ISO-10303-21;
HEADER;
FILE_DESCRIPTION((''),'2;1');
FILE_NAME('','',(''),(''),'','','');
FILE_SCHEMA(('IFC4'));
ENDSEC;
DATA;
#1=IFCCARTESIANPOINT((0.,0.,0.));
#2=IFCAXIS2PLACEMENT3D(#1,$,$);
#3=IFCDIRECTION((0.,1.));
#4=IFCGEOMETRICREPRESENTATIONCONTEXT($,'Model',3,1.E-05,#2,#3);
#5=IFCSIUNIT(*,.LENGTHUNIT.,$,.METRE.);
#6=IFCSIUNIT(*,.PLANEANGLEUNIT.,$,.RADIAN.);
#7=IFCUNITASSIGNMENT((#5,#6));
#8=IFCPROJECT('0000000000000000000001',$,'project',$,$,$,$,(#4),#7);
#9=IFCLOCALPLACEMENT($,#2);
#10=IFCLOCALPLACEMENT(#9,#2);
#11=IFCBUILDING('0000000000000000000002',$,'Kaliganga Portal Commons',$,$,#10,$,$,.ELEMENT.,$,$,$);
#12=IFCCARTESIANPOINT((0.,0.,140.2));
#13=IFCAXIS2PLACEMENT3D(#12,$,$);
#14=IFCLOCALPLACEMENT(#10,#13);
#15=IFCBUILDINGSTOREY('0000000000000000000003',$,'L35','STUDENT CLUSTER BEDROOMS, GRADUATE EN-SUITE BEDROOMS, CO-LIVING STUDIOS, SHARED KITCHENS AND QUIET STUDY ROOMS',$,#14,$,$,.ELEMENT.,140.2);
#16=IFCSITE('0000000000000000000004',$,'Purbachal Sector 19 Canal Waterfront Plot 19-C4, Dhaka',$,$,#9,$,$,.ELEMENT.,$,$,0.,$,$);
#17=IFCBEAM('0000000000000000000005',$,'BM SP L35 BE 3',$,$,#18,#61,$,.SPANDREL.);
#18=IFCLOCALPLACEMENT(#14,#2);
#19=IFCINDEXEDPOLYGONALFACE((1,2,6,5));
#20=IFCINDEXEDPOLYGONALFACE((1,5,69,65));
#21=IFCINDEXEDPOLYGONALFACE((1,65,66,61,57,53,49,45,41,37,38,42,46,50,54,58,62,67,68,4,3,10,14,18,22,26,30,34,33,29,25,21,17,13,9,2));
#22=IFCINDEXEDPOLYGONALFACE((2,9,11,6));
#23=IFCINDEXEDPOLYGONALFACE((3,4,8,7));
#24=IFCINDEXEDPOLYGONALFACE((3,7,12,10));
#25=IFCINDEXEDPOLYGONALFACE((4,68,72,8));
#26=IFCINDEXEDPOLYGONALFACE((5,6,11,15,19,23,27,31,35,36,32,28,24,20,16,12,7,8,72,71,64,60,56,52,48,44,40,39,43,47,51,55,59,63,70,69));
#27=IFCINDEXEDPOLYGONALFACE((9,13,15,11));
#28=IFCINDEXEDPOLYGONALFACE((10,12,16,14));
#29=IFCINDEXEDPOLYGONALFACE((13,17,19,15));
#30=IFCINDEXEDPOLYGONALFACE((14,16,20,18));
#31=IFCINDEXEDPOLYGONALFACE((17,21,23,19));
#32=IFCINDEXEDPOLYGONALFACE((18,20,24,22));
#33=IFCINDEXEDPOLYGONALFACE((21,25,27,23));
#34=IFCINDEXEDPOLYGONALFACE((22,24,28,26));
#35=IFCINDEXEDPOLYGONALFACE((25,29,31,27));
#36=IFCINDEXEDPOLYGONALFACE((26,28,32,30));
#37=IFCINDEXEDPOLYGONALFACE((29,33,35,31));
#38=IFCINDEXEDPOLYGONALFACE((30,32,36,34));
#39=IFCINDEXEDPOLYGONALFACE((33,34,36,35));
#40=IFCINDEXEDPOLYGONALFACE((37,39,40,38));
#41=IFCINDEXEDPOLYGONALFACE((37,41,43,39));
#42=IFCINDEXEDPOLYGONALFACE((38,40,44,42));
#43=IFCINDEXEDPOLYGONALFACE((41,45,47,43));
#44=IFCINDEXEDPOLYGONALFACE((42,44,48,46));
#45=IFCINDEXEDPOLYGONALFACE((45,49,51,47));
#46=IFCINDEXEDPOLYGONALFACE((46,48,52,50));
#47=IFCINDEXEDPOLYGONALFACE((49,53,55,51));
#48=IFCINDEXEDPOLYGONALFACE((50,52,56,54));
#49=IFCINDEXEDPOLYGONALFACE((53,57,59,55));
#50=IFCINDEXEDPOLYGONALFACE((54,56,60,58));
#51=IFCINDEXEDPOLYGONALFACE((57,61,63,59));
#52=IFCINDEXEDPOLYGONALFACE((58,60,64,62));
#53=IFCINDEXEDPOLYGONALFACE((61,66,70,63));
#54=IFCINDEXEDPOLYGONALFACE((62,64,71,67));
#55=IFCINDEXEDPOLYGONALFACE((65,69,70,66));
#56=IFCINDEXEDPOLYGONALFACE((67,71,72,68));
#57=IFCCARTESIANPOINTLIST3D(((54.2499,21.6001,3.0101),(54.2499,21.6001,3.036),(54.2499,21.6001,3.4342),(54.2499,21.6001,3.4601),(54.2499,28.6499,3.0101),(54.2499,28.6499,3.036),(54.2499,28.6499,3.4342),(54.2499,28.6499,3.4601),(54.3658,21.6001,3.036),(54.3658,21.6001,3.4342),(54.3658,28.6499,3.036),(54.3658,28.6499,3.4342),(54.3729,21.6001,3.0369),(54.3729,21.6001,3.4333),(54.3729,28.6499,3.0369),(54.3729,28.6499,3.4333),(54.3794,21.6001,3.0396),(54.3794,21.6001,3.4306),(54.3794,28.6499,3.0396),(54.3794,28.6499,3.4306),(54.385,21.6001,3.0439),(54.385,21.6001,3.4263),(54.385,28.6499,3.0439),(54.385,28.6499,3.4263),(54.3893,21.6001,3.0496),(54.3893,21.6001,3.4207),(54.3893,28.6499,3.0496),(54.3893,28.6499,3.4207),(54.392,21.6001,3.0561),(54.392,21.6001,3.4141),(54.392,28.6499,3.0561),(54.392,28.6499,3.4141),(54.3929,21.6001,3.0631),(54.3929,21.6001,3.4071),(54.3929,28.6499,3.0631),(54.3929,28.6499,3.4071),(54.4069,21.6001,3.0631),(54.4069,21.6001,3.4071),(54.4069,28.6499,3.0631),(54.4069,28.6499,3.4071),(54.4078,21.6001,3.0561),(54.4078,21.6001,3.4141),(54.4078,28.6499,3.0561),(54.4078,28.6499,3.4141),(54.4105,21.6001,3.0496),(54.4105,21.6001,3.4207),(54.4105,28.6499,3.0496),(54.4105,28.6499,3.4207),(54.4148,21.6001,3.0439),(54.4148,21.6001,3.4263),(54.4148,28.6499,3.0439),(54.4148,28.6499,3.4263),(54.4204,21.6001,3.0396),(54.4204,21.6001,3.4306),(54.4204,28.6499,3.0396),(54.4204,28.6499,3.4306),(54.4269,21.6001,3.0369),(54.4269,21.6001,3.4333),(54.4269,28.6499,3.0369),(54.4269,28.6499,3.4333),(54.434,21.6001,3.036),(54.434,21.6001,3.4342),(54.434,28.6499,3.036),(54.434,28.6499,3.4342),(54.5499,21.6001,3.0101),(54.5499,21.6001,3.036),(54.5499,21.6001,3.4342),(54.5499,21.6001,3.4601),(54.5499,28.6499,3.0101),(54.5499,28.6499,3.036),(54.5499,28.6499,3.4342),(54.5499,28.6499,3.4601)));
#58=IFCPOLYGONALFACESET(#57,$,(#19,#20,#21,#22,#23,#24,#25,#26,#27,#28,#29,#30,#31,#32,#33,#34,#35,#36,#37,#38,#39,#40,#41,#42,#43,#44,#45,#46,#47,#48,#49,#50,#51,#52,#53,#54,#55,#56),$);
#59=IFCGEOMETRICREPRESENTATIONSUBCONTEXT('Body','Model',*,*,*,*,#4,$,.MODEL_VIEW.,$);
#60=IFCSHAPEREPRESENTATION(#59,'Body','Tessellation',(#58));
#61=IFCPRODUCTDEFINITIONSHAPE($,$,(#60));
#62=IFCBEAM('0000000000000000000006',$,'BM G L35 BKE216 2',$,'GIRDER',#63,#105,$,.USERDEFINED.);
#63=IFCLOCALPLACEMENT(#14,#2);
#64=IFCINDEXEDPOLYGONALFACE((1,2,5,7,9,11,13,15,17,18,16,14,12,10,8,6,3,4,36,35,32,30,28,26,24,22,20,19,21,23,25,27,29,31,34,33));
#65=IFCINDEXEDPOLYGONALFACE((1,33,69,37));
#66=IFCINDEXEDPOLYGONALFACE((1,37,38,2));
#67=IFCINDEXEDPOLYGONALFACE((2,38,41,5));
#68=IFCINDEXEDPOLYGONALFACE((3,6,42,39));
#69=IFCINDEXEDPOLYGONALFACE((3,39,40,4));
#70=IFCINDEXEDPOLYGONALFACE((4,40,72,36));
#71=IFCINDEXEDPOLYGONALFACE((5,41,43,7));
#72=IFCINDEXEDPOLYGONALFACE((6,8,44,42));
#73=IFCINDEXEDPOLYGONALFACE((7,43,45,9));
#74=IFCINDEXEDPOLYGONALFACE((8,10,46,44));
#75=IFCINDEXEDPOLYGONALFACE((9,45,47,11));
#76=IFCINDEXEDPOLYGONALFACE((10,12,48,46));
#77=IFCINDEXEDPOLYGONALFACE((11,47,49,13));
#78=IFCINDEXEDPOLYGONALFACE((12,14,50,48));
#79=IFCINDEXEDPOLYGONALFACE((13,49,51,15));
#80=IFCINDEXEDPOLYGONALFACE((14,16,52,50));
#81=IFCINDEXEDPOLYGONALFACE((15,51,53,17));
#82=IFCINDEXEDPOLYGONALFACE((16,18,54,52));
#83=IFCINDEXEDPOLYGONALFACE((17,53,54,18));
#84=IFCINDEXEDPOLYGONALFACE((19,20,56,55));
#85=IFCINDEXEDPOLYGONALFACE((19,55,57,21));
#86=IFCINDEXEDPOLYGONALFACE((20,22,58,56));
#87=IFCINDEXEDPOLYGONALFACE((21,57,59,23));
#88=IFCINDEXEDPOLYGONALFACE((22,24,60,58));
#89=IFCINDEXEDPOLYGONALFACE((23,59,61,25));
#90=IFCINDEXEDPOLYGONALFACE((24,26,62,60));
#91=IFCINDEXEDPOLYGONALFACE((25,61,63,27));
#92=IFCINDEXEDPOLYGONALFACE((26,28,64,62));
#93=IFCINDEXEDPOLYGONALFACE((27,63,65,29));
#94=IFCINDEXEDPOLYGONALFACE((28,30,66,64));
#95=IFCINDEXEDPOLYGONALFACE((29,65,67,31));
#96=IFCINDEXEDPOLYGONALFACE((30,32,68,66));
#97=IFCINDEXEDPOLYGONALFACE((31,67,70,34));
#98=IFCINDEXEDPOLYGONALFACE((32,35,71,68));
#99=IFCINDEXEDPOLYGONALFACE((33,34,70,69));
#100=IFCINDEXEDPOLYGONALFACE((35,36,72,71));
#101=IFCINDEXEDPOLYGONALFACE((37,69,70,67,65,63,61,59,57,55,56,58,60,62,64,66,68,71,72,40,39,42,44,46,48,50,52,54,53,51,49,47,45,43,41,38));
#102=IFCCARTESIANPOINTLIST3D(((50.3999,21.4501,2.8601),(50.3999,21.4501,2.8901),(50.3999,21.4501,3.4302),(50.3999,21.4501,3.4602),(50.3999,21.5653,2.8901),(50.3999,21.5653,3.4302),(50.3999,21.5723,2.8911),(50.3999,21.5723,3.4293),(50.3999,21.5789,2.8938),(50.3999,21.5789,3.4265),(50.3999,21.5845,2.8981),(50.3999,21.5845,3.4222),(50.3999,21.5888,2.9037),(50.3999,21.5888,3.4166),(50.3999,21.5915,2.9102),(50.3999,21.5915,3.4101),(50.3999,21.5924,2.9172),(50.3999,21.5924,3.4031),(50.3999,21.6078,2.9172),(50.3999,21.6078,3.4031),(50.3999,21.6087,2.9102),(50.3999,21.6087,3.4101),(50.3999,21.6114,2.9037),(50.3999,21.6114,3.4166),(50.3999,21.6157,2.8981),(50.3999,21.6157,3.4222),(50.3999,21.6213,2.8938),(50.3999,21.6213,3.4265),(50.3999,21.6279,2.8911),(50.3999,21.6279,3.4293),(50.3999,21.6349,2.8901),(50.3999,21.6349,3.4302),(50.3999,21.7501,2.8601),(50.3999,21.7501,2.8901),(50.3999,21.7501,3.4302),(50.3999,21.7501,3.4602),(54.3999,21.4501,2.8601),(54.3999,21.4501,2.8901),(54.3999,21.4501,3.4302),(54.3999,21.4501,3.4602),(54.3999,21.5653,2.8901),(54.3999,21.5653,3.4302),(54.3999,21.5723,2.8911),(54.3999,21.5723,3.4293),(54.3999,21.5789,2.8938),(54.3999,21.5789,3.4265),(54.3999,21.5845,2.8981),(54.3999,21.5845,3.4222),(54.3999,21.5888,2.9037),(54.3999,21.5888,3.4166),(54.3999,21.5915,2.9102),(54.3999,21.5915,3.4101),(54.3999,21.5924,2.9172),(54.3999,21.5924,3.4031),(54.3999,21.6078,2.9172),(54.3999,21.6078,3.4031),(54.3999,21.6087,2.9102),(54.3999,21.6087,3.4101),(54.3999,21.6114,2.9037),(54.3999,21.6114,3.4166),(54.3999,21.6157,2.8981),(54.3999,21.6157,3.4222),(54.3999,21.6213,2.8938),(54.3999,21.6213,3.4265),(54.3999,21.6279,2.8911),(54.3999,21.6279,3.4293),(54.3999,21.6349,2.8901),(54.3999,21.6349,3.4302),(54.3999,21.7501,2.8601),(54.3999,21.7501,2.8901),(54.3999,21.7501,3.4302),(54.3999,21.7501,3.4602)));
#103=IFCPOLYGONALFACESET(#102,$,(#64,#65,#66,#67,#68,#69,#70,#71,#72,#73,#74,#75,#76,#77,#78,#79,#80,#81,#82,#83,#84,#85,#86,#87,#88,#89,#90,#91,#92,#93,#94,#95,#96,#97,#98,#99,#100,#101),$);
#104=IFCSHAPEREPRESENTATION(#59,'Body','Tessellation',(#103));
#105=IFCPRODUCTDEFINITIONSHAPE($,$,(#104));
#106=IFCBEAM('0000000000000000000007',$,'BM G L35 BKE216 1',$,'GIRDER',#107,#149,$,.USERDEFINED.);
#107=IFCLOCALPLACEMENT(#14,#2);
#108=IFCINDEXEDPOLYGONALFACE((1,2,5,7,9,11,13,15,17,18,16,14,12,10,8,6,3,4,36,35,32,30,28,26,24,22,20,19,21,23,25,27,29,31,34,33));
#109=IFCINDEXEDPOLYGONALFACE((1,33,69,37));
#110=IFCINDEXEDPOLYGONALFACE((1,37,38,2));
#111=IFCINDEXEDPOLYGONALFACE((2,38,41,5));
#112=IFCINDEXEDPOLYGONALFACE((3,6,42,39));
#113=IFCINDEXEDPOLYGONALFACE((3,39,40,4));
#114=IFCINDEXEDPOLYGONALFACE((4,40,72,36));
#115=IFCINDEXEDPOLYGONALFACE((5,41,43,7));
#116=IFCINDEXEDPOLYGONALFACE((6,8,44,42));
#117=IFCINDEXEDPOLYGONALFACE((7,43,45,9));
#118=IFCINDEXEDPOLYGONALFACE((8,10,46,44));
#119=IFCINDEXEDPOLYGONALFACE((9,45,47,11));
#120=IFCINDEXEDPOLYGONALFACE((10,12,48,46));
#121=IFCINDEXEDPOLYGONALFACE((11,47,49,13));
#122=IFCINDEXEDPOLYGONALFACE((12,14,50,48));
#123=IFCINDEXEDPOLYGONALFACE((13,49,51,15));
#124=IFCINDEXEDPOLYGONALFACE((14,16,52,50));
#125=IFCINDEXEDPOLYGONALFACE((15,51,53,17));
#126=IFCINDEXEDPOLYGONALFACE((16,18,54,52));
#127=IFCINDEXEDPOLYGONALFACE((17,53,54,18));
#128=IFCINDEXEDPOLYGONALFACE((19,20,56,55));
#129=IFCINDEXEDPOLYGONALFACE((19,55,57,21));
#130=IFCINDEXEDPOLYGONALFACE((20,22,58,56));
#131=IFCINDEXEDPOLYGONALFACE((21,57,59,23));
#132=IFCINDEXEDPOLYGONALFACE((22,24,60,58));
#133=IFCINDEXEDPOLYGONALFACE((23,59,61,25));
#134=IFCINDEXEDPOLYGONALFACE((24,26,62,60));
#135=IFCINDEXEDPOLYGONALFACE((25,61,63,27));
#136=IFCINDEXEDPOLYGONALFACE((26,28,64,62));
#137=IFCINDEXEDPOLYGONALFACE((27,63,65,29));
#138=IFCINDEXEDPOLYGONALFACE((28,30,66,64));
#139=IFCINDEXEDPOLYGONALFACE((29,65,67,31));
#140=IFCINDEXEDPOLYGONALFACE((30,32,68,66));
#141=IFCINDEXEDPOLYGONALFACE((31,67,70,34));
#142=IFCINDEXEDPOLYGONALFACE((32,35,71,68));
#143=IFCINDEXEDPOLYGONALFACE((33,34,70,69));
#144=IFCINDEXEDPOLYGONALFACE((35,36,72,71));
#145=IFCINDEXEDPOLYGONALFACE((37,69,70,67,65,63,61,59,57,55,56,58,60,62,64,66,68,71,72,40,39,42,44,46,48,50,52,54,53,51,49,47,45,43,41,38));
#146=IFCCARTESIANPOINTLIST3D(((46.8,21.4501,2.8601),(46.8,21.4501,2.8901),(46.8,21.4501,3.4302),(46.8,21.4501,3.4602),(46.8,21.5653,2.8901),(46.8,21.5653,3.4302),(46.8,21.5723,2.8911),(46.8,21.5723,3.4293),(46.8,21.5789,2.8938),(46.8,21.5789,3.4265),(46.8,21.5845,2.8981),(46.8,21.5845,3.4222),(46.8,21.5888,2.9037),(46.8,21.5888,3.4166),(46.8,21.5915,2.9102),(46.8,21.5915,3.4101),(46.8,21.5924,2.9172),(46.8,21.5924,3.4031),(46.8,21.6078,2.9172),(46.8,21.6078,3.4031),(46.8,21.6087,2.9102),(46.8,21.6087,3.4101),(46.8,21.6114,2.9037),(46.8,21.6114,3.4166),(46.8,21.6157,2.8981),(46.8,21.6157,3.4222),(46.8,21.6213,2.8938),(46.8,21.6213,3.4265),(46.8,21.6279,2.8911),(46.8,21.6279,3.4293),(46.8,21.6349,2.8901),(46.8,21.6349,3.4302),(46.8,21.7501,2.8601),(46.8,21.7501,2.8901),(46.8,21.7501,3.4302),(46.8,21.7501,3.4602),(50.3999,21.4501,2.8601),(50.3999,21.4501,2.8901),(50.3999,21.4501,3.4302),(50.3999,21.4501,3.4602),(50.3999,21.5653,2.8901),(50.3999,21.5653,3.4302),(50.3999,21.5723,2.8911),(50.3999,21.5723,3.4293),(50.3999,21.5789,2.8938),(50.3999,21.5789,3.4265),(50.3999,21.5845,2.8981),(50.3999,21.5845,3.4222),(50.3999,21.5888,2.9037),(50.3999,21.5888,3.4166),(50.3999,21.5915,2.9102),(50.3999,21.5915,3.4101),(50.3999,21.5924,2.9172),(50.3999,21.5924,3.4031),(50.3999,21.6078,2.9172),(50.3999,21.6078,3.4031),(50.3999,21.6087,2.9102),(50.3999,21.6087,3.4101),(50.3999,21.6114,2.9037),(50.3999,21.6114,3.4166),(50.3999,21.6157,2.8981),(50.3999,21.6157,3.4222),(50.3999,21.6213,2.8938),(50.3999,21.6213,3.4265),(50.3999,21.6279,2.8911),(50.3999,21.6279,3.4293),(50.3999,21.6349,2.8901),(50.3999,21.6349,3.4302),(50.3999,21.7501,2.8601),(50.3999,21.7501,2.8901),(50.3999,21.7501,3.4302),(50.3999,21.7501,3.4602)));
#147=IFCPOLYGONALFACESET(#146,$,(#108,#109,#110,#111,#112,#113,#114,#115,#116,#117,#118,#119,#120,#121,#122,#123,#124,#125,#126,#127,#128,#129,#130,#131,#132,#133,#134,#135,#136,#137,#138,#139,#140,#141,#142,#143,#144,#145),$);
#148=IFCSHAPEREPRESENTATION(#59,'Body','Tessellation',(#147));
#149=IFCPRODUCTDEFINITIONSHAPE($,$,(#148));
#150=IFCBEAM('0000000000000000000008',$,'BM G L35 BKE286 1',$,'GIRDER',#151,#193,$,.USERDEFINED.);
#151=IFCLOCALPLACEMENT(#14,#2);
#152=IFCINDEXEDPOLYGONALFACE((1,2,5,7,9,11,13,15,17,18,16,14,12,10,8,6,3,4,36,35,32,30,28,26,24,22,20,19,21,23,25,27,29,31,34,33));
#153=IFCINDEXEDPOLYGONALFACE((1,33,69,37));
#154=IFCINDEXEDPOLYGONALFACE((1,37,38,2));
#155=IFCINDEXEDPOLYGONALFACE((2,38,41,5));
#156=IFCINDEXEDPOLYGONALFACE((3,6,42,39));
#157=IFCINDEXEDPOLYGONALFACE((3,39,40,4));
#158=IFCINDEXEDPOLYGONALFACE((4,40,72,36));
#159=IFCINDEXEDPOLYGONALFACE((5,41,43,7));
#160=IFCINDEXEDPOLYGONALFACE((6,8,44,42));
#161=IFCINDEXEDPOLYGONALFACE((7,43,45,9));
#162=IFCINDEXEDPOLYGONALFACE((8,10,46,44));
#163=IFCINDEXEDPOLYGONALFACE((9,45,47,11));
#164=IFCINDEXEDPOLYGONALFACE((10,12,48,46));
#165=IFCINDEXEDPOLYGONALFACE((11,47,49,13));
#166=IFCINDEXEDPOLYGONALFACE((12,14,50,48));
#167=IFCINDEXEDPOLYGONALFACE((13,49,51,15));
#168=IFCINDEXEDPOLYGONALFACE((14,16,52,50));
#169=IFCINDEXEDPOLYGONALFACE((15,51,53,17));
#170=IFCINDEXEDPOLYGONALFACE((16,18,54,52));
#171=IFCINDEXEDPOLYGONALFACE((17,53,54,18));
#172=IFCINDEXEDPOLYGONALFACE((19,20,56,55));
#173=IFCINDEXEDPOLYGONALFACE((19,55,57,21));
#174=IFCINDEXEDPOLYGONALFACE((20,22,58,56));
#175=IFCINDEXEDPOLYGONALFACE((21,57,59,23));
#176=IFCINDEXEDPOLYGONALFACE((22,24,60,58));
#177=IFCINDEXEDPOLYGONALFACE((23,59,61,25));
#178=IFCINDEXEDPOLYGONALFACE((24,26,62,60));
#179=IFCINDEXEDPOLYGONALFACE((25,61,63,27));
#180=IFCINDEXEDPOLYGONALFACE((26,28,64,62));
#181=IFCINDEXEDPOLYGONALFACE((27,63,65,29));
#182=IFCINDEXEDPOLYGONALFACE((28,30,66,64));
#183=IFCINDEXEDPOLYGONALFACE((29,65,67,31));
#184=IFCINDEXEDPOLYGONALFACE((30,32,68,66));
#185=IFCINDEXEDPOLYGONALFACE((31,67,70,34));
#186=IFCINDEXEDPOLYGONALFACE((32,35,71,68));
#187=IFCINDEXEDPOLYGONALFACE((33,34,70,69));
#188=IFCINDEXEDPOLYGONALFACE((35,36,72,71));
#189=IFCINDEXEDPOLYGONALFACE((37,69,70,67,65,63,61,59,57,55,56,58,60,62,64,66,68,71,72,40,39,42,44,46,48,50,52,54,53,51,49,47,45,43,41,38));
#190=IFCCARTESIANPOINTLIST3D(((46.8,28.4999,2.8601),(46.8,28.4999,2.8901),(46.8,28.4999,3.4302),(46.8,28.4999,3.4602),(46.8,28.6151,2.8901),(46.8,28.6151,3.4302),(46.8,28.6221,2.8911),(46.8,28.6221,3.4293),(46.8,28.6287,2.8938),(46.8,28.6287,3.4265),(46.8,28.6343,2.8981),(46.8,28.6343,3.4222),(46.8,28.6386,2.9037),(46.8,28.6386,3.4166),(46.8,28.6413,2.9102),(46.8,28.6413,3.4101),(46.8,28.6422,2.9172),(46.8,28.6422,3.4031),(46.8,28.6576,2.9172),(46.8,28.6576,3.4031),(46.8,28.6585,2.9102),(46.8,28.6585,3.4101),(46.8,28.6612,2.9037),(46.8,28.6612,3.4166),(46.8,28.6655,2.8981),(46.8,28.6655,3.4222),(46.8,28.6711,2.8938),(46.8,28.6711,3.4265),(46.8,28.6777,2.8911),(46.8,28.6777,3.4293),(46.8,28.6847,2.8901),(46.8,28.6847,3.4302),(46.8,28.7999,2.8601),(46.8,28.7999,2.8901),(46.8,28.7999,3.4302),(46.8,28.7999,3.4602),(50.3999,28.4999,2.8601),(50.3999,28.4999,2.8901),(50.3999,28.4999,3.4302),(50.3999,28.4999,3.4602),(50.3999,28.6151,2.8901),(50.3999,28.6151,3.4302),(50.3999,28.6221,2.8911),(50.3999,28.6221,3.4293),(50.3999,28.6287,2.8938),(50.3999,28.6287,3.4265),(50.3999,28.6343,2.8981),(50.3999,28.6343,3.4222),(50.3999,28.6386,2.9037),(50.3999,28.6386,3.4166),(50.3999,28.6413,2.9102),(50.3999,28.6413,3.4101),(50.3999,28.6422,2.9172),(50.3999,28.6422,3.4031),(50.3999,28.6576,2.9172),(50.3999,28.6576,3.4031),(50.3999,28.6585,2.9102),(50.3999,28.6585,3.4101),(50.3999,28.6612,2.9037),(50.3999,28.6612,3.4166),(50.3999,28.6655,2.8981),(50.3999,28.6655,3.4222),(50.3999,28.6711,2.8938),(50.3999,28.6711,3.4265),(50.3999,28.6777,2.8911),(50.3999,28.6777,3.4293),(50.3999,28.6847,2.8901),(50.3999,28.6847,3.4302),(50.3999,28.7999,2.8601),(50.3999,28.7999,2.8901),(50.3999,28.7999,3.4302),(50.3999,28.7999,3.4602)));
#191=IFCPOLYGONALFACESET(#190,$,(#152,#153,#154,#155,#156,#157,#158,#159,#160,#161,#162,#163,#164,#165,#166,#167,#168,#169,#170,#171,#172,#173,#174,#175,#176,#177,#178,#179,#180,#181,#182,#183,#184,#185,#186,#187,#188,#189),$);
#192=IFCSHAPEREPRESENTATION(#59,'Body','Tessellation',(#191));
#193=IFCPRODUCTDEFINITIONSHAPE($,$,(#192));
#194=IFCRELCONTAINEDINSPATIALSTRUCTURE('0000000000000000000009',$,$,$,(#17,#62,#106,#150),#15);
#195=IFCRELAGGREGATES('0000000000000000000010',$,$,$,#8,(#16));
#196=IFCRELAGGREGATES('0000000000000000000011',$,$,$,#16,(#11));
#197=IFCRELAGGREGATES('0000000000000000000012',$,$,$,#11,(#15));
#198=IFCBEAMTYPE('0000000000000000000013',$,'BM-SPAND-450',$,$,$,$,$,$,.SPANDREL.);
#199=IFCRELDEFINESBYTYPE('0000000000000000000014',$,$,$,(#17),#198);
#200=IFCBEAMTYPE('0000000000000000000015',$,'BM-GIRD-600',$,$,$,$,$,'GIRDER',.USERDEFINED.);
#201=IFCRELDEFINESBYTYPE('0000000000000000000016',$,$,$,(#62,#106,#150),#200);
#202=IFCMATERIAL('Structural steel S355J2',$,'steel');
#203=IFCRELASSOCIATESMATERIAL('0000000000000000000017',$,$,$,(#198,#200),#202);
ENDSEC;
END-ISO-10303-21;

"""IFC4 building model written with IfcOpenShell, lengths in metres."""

from ifc_helpers import new_model, si_unit, direction, frame, origin, origin_2d, place, context, subcontext, project, spatial, i_section, extrude, source, transform, mapped, material, material_profile, profile_set, type_object, element, save


model = new_model("IFC4")

# Units and contexts
model_context = context("Model", 3, precision=1e-05, world=origin(), true_north=direction((0.0, 1.0)))
body_context = subcontext(model_context, "Body", "Model", "MODEL_VIEW")
ifc_project = project(units=[si_unit("LENGTHUNIT", "METRE"), si_unit("PLANEANGLEUNIT", "RADIAN")], contexts=[model_context])

# Site, building, storey
site_placement = place(None, origin())
site = spatial("IfcSite", under=ifc_project, at=site_placement, Name="Purbachal Sector 19 Canal Waterfront Plot 19-C4, Dhaka", CompositionType="ELEMENT", RefElevation=0.0)
building_placement = place(site_placement, origin())
building = spatial("IfcBuilding", under=site, at=building_placement, Name="Kaliganga Portal Commons", CompositionType="ELEMENT")
storey_placement = place(building_placement, frame((0.0, 0.0, 140.2)))
storey = spatial("IfcBuildingStorey", under=building, at=storey_placement, Name="L35", Description="STUDENT CLUSTER BEDROOMS, GRADUATE EN-SUITE BEDROOMS, CO-LIVING STUDIOS, SHARED KITCHENS AND QUIET STUDY ROOMS", CompositionType="ELEMENT", Elevation=140.2)

# Beams
ifc_material_1 = material(Name="Structural steel S355J2", Category="steel")
ifc_material_profile_1 = material_profile(ifc_material_1, i_section(OverallWidth=0.3, OverallDepth=0.45, WebThickness=0.0139, FlangeThickness=0.0259, FilletRadius=0.0271, at=origin_2d()), Name="HE 450 B")
ifc_profile_set_1 = profile_set([ifc_material_profile_1], Name="Structural steel S355J2 wide-flange")
beam_type_1 = type_object("IfcBeamType", Name="BM-SPAND-450", PredefinedType="SPANDREL", material=ifc_profile_set_1)
shared_shape_1 = source(origin(), body_context, "Body", "SweptSolid", [
    extrude(i_section(OverallWidth=0.3, OverallDepth=0.45, WebThickness=0.0139, FlangeThickness=0.0259, FilletRadius=0.0271, at=origin_2d()), origin(), (0.0, 0.0, 1.0), 7.0498),
])
beam_1_placement = place(storey_placement, frame((54.3999, 21.6001, 3.2351), z_axis=(0.0, 1.0, 0.0), x_axis=(-1.0, 0.0, 0.0)))
element("IfcBeam", 1, at=beam_1_placement, inside=storey, type_object=beam_type_1, Name="BM SP L35 BE 3", PredefinedType="SPANDREL", context=body_context, shape_type="MappedRepresentation", body=[
    mapped(shared_shape_1, transform((0.0, 0.0, 0.0), x_axis=(1.0, 0.0, 0.0), y_axis=(0.0, 1.0, 0.0), z_axis=(0.0, 0.0, 1.0), scale=1.0)),
])
ifc_material_profile_2 = material_profile(ifc_material_1, i_section(OverallWidth=0.3, OverallDepth=0.6001, WebThickness=0.0154, FlangeThickness=0.03, FilletRadius=0.0271, at=origin_2d()), Name="HE 600 B")
ifc_profile_set_2 = profile_set([ifc_material_profile_2], Name="Structural steel S355J2 wide-flange")
beam_type_2 = type_object("IfcBeamType", Name="BM-GIRD-600", ElementType="GIRDER", PredefinedType="USERDEFINED", material=ifc_profile_set_2)
shared_shape_2 = source(origin(), body_context, "Body", "SweptSolid", [
    extrude(i_section(OverallWidth=0.3, OverallDepth=0.6001, WebThickness=0.0154, FlangeThickness=0.03, FilletRadius=0.0271, at=origin_2d()), origin(), (0.0, 0.0, 1.0), 4.0),
])
beam_2_placement = place(storey_placement, frame((50.3999, 21.6001, 3.1602), z_axis=(1.0, 0.0, 0.0), x_axis=(0.0, 1.0, 0.0)))
element("IfcBeam", 2, at=beam_2_placement, inside=storey, type_object=beam_type_2, Name="BM G L35 BKE216 2", ObjectType="GIRDER", PredefinedType="USERDEFINED", context=body_context, shape_type="MappedRepresentation", body=[
    mapped(shared_shape_2, transform((0.0, 0.0, 0.0), x_axis=(1.0, 0.0, 0.0), y_axis=(0.0, 1.0, 0.0), z_axis=(0.0, 0.0, 1.0), scale=1.0)),
])
shared_shape_3 = source(origin(), body_context, "Body", "SweptSolid", [
    extrude(i_section(OverallWidth=0.3, OverallDepth=0.6001, WebThickness=0.0154, FlangeThickness=0.03, FilletRadius=0.0271, at=origin_2d()), origin(), (0.0, 0.0, 1.0), 3.5999),
])
for number, where, z_axis, x_axis, name in (
    (3, (46.8, 21.6001, 3.1602), (1.0, 0.0, 0.0), (0.0, 1.0, 0.0), "BM G L35 BKE216 1"),
    (4, (46.8, 28.6499, 3.1602), (1.0, 0.0, 0.0), (0.0, 1.0, 0.0), "BM G L35 BKE286 1"),
):
    element("IfcBeam", number, at=place(storey_placement, frame(where, z_axis=z_axis, x_axis=x_axis)), inside=storey, type_object=beam_type_2, Name=name, ObjectType="GIRDER", PredefinedType="USERDEFINED", context=body_context, shape_type="MappedRepresentation", body=[
        mapped(shared_shape_3, transform((0.0, 0.0, 0.0), x_axis=(1.0, 0.0, 0.0), y_axis=(0.0, 1.0, 0.0), z_axis=(0.0, 0.0, 1.0), scale=1.0)),
    ])

save(model, "model.ifc")
